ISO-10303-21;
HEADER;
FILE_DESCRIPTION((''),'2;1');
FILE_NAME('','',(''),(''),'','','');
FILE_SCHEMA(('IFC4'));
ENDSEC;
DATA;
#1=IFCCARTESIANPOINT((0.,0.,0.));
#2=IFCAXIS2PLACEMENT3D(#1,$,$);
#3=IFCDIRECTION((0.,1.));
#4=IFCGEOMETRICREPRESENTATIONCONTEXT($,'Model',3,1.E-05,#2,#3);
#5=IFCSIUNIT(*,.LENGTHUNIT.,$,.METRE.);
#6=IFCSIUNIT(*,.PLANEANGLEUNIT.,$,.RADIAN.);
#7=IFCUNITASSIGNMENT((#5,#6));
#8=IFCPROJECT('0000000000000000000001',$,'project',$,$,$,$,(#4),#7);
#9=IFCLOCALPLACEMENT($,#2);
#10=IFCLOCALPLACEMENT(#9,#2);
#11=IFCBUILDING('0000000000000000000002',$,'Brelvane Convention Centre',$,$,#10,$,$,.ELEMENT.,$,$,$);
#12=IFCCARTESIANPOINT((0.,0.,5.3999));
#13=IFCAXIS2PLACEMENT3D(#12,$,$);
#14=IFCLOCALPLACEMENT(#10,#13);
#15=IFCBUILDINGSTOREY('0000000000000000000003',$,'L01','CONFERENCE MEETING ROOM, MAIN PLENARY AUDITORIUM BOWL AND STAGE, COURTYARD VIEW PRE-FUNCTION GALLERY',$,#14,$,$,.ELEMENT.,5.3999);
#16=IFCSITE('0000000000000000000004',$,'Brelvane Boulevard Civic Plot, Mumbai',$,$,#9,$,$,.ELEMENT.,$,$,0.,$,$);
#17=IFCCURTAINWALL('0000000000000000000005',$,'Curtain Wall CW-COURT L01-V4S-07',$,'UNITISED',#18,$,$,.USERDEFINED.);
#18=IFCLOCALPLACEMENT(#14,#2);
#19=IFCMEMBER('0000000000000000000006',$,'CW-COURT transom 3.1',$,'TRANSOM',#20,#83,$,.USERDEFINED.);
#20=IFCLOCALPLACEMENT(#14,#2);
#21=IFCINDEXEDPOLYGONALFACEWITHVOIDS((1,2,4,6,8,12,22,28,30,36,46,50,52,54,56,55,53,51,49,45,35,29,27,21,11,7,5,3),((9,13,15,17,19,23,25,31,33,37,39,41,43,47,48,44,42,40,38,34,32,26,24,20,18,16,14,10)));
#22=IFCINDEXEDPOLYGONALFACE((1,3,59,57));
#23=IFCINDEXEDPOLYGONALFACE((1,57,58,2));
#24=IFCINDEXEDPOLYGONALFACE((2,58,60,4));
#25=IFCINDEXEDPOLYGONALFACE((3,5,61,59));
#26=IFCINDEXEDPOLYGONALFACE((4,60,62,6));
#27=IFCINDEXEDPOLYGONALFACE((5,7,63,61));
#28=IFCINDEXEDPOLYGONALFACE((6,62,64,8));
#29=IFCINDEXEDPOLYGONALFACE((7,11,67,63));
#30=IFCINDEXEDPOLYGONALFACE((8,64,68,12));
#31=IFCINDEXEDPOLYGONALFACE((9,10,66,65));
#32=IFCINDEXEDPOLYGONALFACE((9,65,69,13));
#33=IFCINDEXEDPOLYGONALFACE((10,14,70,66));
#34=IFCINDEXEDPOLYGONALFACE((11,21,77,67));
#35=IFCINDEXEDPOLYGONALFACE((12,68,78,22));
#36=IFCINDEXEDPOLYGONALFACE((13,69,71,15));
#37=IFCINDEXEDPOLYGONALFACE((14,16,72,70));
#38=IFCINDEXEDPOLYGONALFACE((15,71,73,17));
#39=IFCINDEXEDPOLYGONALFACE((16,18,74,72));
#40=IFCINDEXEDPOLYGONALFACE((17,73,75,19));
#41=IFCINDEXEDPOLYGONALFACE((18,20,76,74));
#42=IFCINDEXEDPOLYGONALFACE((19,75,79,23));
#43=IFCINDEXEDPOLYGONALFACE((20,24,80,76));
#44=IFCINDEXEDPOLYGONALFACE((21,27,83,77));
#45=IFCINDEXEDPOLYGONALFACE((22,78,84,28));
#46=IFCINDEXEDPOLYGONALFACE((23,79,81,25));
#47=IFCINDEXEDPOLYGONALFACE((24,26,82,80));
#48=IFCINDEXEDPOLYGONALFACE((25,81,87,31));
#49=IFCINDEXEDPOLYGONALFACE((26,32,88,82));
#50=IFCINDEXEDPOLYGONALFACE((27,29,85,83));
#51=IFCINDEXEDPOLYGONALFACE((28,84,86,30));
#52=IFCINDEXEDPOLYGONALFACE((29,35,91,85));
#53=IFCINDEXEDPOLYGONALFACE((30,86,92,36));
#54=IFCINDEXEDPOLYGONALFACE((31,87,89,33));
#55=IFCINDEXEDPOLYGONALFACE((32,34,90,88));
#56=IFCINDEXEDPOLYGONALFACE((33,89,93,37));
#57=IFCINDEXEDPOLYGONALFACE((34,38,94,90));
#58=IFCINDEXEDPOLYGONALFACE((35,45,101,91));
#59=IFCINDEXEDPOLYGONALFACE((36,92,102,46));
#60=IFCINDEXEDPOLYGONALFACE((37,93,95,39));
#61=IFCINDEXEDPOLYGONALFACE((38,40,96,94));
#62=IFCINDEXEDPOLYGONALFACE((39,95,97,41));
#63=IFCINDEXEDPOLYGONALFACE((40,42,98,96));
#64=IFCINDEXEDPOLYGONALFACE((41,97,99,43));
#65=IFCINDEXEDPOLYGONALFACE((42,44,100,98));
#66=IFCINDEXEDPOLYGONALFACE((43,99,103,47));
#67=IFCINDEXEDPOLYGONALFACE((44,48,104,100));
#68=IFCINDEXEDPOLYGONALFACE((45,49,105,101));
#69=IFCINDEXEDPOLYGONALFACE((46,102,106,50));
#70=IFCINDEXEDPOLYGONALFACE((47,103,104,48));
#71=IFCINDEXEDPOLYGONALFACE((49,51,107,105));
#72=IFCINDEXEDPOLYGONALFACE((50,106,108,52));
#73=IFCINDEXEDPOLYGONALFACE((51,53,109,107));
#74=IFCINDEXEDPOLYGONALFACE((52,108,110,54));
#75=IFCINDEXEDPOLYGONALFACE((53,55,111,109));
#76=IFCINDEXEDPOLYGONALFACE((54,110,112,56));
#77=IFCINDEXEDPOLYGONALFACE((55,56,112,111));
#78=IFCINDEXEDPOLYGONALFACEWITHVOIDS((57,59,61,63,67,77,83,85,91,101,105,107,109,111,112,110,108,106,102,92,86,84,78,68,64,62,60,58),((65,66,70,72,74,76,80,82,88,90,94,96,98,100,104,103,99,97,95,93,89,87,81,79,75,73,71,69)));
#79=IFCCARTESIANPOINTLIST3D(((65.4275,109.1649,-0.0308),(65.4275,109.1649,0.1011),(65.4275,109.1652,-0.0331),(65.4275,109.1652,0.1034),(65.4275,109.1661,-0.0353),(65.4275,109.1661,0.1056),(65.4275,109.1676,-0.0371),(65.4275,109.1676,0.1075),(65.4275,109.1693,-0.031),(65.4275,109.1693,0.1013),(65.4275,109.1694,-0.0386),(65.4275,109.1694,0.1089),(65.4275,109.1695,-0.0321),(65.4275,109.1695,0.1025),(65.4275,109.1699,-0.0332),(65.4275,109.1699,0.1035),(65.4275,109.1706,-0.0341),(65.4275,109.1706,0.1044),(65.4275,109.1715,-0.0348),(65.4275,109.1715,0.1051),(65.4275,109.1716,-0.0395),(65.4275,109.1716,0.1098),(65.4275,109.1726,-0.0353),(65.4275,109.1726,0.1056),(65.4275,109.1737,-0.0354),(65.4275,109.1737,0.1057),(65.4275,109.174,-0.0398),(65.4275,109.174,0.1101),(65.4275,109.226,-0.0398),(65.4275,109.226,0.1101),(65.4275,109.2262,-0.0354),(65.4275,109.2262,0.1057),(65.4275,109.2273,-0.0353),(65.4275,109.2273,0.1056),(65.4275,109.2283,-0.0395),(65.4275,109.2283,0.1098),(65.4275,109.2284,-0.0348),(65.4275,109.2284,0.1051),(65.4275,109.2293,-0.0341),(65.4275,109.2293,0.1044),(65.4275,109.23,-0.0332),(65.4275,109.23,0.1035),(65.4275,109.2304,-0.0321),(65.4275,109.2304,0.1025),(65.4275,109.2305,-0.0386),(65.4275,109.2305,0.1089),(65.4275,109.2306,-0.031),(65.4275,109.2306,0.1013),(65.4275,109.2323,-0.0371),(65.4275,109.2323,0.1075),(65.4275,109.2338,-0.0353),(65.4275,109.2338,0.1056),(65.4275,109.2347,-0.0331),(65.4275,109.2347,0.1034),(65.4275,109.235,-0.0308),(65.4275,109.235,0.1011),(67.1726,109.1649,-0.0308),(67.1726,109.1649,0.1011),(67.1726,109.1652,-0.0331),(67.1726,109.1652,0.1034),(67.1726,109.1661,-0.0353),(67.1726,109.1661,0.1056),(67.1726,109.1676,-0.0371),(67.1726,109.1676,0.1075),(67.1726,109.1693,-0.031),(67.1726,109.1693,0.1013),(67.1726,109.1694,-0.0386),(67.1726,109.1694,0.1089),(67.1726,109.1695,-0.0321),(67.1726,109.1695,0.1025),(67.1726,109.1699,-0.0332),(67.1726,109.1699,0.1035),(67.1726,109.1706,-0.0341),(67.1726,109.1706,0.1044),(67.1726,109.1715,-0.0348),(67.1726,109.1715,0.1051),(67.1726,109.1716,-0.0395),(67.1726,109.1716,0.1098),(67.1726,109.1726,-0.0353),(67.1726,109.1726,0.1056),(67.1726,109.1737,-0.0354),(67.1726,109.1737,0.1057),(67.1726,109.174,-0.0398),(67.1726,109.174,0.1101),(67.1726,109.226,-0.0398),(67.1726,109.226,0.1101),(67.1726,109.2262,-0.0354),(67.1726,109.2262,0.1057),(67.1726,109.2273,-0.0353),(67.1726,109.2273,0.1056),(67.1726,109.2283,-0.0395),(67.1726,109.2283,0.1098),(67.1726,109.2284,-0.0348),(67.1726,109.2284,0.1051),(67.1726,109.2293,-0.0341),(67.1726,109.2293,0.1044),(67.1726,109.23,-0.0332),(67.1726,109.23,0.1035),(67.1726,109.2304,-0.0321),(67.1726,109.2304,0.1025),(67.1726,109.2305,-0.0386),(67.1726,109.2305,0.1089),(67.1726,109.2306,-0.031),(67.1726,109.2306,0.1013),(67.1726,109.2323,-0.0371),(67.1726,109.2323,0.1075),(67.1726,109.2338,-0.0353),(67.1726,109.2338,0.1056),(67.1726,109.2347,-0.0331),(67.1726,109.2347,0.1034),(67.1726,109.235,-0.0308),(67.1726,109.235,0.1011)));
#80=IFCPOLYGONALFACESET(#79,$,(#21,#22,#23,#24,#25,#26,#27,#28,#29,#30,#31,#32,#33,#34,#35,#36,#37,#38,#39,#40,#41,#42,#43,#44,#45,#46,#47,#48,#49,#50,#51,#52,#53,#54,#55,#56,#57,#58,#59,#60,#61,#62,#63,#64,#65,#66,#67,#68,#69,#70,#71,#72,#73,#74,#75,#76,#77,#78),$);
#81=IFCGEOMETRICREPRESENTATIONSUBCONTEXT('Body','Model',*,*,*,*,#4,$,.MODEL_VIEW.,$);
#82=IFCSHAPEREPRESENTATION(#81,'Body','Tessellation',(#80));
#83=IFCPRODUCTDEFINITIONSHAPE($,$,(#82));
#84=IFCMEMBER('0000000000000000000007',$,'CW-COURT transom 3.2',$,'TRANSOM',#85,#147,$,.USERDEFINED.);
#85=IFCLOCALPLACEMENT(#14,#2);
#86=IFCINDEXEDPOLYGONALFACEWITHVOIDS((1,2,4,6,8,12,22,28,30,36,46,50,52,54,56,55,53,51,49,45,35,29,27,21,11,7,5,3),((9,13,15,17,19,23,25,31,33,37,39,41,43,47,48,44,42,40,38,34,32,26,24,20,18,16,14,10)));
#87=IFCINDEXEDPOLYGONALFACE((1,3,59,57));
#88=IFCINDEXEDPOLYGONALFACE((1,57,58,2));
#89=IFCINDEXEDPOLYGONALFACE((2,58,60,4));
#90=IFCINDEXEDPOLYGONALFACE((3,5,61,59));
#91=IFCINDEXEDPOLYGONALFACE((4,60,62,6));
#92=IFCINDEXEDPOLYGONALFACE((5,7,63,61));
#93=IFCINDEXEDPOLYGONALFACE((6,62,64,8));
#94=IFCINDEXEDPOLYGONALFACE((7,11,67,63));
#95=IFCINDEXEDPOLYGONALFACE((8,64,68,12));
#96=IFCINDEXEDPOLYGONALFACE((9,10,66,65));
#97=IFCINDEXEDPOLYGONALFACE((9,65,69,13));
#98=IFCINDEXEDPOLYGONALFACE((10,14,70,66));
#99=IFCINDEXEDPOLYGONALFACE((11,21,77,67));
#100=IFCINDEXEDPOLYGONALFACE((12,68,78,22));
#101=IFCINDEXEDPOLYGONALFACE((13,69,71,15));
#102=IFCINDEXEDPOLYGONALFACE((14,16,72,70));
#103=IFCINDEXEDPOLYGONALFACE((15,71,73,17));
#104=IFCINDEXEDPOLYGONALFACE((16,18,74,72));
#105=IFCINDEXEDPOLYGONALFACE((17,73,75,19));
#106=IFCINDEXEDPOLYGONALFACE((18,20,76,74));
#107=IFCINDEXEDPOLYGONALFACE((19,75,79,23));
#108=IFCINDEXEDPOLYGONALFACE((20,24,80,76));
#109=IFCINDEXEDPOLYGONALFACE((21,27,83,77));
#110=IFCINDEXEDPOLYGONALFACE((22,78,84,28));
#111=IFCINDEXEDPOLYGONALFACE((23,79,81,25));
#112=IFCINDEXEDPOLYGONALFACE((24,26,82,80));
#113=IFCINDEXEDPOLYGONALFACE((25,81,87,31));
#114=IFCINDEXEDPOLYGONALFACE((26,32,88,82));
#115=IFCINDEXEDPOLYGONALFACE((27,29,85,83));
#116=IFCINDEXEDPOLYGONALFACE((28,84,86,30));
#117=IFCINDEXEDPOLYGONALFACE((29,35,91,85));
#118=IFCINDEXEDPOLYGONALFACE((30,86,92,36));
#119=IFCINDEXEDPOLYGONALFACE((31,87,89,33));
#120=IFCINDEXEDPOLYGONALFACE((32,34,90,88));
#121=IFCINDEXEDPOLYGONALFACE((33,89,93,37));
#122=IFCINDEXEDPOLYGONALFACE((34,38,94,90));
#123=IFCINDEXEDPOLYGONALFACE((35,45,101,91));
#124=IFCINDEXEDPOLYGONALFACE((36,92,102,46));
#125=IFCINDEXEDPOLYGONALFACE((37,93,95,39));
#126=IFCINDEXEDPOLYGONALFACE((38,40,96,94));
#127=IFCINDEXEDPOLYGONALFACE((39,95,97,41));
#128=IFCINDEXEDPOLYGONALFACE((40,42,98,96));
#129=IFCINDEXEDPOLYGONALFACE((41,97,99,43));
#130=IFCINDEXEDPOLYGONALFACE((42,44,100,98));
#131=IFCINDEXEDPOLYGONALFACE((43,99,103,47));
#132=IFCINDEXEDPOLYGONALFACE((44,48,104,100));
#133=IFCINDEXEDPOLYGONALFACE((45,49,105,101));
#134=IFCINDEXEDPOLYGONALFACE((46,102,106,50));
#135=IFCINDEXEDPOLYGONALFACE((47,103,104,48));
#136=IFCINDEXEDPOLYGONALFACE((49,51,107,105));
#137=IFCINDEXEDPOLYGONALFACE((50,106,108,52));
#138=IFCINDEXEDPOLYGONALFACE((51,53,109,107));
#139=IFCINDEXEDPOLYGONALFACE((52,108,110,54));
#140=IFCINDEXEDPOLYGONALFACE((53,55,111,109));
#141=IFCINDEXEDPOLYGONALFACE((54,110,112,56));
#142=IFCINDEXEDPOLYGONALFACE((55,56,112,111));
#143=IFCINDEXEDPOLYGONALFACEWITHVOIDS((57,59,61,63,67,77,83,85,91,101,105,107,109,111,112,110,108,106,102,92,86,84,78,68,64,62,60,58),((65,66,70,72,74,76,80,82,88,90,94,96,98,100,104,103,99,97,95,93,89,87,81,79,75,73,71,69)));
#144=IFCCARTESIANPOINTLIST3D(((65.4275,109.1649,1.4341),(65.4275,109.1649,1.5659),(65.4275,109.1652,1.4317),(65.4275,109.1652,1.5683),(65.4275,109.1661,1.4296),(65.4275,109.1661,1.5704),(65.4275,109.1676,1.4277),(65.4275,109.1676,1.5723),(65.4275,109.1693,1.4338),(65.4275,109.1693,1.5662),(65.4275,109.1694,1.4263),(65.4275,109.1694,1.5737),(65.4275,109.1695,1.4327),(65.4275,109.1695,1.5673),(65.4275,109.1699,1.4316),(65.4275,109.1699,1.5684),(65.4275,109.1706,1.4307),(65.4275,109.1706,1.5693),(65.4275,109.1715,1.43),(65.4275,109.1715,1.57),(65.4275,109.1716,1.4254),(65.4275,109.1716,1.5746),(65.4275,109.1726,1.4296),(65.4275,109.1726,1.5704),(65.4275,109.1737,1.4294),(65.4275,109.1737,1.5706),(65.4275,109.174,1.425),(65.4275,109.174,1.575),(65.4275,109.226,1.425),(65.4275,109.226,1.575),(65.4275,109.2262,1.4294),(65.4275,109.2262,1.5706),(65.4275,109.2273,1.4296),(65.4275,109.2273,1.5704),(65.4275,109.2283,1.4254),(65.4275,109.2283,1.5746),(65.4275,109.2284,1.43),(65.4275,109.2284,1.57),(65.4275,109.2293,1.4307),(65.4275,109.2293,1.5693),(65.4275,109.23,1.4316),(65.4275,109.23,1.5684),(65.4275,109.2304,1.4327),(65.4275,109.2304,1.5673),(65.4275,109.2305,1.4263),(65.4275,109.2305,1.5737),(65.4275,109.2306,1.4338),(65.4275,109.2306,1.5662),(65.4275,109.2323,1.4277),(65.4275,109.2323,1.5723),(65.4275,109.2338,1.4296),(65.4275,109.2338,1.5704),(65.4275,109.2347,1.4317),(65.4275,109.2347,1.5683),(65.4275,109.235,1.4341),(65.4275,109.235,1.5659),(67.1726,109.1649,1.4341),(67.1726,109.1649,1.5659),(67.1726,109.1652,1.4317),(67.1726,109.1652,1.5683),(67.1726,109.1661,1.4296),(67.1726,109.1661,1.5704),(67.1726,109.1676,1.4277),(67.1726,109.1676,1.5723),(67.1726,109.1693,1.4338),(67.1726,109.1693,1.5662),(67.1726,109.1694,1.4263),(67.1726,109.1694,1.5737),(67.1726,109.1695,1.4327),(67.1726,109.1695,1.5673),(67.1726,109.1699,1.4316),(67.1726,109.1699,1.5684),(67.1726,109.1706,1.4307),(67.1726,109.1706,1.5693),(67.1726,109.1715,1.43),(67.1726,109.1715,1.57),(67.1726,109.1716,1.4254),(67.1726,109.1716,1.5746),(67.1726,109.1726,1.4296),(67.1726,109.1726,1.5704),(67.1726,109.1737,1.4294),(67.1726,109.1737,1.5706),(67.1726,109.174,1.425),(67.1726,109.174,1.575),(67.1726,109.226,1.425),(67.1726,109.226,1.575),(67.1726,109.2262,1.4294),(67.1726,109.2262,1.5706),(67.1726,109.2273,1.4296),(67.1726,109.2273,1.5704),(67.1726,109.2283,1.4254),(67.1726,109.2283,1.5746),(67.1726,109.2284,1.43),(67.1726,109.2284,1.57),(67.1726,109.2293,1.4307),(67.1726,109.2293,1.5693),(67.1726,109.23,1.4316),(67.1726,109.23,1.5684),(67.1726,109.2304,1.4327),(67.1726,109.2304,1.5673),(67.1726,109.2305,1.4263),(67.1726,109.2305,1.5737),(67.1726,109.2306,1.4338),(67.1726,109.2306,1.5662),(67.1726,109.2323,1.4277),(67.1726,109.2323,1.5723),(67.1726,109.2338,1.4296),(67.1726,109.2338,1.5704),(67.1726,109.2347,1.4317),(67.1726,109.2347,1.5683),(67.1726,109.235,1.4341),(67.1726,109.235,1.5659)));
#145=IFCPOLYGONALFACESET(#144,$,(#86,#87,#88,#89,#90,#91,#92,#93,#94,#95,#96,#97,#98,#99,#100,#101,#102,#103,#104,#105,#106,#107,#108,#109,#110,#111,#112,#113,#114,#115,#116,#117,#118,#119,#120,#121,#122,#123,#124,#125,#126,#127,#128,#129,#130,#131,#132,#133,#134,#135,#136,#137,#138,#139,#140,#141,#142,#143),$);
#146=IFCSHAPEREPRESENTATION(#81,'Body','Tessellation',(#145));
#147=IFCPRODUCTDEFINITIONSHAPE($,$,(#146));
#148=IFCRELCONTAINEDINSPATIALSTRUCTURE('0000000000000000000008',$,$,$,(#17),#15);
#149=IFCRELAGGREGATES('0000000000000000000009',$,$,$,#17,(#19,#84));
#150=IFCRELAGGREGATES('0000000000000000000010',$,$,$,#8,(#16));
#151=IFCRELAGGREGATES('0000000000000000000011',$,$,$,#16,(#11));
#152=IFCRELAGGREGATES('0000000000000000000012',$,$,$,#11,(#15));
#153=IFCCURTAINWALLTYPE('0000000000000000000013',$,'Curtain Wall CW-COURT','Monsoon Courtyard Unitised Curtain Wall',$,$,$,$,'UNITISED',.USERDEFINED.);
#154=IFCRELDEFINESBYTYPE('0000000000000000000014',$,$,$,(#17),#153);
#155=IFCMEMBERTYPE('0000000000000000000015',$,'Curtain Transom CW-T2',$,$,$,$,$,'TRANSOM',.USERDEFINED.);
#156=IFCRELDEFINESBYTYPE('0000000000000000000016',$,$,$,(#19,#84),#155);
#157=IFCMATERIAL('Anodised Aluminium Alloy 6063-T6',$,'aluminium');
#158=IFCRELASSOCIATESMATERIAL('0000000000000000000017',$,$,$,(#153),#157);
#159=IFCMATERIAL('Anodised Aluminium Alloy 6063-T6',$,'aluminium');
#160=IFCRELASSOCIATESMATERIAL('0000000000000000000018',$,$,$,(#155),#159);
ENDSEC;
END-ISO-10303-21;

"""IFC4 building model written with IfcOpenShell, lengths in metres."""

from ifc_helpers import new_model, si_unit, direction, frame, origin, origin_2d, place, context, subcontext, project, spatial, hollow_rectangle, extrude, material, material_profile, profile_set, type_object, element, aggregate, save


model = new_model("IFC4")

# Units and contexts
model_context = context("Model", 3, precision=1e-05, world=origin(), true_north=direction((0.0, 1.0)))
body_context = subcontext(model_context, "Body", "Model", "MODEL_VIEW")
ifc_project = project(units=[si_unit("LENGTHUNIT", "METRE"), si_unit("PLANEANGLEUNIT", "RADIAN")], contexts=[model_context])

# Site, building, storey
site_placement = place(None, origin())
site = spatial("IfcSite", under=ifc_project, at=site_placement, Name="Brelvane Boulevard Civic Plot, Mumbai", CompositionType="ELEMENT", RefElevation=0.0)
building_placement = place(site_placement, origin())
building = spatial("IfcBuilding", under=site, at=building_placement, Name="Brelvane Convention Centre", CompositionType="ELEMENT")
storey_placement = place(building_placement, frame((0.0, 0.0, 5.3999)))
storey = spatial("IfcBuildingStorey", under=building, at=storey_placement, Name="L01", Description="CONFERENCE MEETING ROOM, MAIN PLENARY AUDITORIUM BOWL AND STAGE, COURTYARD VIEW PRE-FUNCTION GALLERY", CompositionType="ELEMENT", Elevation=5.3999)

# Curtain wall, members
ifc_material_1 = material(Name="Anodised Aluminium Alloy 6063-T6", Category="aluminium")
curtain_wall_type = type_object("IfcCurtainWallType", Name="Curtain Wall CW-COURT", Description="Monsoon Courtyard Unitised Curtain Wall", ElementType="UNITISED", PredefinedType="USERDEFINED", material=ifc_material_1)
curtain_wall_placement = place(storey_placement, origin())
curtain_wall = element("IfcCurtainWall", 1, at=curtain_wall_placement, inside=storey, type_object=curtain_wall_type, Name="Curtain Wall CW-COURT L01-V4S-07", ObjectType="UNITISED", PredefinedType="USERDEFINED")
ifc_material_2 = material(Name="Anodised Aluminium Alloy 6063-T6", Category="aluminium")
ifc_material_profile_1 = material_profile(ifc_material_2, hollow_rectangle(XDim=0.0701, YDim=0.1499, WallThickness=0.0044, InnerFilletRadius=0.0044, OuterFilletRadius=0.009, at=origin_2d()), Name="ALU-T 150x70x4.5")
ifc_profile_set_1 = profile_set([ifc_material_profile_1], Name="Anodised Aluminium Alloy 6063-T6")
member_type_1 = type_object("IfcMemberType", Name="Curtain Transom CW-T2", ElementType="TRANSOM", PredefinedType="USERDEFINED", material=ifc_profile_set_1)
member_1_placement = place(storey_placement, frame((65.4275, 109.2, 0.0352), z_axis=(1.0, 0.0, 0.0), x_axis=(0.0, 1.0, 0.0)))
member_1 = element("IfcMember", 2, at=member_1_placement, type_object=member_type_1, Name="CW-COURT transom 3.1", ObjectType="TRANSOM", PredefinedType="USERDEFINED", context=body_context, shape_type="SweptSolid", body=[
    extrude(hollow_rectangle(XDim=0.0701, YDim=0.1499, WallThickness=0.0044, InnerFilletRadius=0.0044, OuterFilletRadius=0.009, at=origin_2d()), origin(), (0.0, 0.0, 1.0), 1.7451),
])
member_2_placement = place(storey_placement, frame((65.4275, 109.2, 1.5), z_axis=(1.0, 0.0, 0.0), x_axis=(0.0, 1.0, 0.0)))
member_2 = element("IfcMember", 3, at=member_2_placement, type_object=member_type_1, Name="CW-COURT transom 3.2", ObjectType="TRANSOM", PredefinedType="USERDEFINED", context=body_context, shape_type="SweptSolid", body=[
    extrude(hollow_rectangle(XDim=0.0701, YDim=0.1499, WallThickness=0.0044, InnerFilletRadius=0.0044, OuterFilletRadius=0.009, at=origin_2d()), origin(), (0.0, 0.0, 1.0), 1.7451),
])
aggregate(curtain_wall, [member_1, member_2])

save(model, "model.ifc")
